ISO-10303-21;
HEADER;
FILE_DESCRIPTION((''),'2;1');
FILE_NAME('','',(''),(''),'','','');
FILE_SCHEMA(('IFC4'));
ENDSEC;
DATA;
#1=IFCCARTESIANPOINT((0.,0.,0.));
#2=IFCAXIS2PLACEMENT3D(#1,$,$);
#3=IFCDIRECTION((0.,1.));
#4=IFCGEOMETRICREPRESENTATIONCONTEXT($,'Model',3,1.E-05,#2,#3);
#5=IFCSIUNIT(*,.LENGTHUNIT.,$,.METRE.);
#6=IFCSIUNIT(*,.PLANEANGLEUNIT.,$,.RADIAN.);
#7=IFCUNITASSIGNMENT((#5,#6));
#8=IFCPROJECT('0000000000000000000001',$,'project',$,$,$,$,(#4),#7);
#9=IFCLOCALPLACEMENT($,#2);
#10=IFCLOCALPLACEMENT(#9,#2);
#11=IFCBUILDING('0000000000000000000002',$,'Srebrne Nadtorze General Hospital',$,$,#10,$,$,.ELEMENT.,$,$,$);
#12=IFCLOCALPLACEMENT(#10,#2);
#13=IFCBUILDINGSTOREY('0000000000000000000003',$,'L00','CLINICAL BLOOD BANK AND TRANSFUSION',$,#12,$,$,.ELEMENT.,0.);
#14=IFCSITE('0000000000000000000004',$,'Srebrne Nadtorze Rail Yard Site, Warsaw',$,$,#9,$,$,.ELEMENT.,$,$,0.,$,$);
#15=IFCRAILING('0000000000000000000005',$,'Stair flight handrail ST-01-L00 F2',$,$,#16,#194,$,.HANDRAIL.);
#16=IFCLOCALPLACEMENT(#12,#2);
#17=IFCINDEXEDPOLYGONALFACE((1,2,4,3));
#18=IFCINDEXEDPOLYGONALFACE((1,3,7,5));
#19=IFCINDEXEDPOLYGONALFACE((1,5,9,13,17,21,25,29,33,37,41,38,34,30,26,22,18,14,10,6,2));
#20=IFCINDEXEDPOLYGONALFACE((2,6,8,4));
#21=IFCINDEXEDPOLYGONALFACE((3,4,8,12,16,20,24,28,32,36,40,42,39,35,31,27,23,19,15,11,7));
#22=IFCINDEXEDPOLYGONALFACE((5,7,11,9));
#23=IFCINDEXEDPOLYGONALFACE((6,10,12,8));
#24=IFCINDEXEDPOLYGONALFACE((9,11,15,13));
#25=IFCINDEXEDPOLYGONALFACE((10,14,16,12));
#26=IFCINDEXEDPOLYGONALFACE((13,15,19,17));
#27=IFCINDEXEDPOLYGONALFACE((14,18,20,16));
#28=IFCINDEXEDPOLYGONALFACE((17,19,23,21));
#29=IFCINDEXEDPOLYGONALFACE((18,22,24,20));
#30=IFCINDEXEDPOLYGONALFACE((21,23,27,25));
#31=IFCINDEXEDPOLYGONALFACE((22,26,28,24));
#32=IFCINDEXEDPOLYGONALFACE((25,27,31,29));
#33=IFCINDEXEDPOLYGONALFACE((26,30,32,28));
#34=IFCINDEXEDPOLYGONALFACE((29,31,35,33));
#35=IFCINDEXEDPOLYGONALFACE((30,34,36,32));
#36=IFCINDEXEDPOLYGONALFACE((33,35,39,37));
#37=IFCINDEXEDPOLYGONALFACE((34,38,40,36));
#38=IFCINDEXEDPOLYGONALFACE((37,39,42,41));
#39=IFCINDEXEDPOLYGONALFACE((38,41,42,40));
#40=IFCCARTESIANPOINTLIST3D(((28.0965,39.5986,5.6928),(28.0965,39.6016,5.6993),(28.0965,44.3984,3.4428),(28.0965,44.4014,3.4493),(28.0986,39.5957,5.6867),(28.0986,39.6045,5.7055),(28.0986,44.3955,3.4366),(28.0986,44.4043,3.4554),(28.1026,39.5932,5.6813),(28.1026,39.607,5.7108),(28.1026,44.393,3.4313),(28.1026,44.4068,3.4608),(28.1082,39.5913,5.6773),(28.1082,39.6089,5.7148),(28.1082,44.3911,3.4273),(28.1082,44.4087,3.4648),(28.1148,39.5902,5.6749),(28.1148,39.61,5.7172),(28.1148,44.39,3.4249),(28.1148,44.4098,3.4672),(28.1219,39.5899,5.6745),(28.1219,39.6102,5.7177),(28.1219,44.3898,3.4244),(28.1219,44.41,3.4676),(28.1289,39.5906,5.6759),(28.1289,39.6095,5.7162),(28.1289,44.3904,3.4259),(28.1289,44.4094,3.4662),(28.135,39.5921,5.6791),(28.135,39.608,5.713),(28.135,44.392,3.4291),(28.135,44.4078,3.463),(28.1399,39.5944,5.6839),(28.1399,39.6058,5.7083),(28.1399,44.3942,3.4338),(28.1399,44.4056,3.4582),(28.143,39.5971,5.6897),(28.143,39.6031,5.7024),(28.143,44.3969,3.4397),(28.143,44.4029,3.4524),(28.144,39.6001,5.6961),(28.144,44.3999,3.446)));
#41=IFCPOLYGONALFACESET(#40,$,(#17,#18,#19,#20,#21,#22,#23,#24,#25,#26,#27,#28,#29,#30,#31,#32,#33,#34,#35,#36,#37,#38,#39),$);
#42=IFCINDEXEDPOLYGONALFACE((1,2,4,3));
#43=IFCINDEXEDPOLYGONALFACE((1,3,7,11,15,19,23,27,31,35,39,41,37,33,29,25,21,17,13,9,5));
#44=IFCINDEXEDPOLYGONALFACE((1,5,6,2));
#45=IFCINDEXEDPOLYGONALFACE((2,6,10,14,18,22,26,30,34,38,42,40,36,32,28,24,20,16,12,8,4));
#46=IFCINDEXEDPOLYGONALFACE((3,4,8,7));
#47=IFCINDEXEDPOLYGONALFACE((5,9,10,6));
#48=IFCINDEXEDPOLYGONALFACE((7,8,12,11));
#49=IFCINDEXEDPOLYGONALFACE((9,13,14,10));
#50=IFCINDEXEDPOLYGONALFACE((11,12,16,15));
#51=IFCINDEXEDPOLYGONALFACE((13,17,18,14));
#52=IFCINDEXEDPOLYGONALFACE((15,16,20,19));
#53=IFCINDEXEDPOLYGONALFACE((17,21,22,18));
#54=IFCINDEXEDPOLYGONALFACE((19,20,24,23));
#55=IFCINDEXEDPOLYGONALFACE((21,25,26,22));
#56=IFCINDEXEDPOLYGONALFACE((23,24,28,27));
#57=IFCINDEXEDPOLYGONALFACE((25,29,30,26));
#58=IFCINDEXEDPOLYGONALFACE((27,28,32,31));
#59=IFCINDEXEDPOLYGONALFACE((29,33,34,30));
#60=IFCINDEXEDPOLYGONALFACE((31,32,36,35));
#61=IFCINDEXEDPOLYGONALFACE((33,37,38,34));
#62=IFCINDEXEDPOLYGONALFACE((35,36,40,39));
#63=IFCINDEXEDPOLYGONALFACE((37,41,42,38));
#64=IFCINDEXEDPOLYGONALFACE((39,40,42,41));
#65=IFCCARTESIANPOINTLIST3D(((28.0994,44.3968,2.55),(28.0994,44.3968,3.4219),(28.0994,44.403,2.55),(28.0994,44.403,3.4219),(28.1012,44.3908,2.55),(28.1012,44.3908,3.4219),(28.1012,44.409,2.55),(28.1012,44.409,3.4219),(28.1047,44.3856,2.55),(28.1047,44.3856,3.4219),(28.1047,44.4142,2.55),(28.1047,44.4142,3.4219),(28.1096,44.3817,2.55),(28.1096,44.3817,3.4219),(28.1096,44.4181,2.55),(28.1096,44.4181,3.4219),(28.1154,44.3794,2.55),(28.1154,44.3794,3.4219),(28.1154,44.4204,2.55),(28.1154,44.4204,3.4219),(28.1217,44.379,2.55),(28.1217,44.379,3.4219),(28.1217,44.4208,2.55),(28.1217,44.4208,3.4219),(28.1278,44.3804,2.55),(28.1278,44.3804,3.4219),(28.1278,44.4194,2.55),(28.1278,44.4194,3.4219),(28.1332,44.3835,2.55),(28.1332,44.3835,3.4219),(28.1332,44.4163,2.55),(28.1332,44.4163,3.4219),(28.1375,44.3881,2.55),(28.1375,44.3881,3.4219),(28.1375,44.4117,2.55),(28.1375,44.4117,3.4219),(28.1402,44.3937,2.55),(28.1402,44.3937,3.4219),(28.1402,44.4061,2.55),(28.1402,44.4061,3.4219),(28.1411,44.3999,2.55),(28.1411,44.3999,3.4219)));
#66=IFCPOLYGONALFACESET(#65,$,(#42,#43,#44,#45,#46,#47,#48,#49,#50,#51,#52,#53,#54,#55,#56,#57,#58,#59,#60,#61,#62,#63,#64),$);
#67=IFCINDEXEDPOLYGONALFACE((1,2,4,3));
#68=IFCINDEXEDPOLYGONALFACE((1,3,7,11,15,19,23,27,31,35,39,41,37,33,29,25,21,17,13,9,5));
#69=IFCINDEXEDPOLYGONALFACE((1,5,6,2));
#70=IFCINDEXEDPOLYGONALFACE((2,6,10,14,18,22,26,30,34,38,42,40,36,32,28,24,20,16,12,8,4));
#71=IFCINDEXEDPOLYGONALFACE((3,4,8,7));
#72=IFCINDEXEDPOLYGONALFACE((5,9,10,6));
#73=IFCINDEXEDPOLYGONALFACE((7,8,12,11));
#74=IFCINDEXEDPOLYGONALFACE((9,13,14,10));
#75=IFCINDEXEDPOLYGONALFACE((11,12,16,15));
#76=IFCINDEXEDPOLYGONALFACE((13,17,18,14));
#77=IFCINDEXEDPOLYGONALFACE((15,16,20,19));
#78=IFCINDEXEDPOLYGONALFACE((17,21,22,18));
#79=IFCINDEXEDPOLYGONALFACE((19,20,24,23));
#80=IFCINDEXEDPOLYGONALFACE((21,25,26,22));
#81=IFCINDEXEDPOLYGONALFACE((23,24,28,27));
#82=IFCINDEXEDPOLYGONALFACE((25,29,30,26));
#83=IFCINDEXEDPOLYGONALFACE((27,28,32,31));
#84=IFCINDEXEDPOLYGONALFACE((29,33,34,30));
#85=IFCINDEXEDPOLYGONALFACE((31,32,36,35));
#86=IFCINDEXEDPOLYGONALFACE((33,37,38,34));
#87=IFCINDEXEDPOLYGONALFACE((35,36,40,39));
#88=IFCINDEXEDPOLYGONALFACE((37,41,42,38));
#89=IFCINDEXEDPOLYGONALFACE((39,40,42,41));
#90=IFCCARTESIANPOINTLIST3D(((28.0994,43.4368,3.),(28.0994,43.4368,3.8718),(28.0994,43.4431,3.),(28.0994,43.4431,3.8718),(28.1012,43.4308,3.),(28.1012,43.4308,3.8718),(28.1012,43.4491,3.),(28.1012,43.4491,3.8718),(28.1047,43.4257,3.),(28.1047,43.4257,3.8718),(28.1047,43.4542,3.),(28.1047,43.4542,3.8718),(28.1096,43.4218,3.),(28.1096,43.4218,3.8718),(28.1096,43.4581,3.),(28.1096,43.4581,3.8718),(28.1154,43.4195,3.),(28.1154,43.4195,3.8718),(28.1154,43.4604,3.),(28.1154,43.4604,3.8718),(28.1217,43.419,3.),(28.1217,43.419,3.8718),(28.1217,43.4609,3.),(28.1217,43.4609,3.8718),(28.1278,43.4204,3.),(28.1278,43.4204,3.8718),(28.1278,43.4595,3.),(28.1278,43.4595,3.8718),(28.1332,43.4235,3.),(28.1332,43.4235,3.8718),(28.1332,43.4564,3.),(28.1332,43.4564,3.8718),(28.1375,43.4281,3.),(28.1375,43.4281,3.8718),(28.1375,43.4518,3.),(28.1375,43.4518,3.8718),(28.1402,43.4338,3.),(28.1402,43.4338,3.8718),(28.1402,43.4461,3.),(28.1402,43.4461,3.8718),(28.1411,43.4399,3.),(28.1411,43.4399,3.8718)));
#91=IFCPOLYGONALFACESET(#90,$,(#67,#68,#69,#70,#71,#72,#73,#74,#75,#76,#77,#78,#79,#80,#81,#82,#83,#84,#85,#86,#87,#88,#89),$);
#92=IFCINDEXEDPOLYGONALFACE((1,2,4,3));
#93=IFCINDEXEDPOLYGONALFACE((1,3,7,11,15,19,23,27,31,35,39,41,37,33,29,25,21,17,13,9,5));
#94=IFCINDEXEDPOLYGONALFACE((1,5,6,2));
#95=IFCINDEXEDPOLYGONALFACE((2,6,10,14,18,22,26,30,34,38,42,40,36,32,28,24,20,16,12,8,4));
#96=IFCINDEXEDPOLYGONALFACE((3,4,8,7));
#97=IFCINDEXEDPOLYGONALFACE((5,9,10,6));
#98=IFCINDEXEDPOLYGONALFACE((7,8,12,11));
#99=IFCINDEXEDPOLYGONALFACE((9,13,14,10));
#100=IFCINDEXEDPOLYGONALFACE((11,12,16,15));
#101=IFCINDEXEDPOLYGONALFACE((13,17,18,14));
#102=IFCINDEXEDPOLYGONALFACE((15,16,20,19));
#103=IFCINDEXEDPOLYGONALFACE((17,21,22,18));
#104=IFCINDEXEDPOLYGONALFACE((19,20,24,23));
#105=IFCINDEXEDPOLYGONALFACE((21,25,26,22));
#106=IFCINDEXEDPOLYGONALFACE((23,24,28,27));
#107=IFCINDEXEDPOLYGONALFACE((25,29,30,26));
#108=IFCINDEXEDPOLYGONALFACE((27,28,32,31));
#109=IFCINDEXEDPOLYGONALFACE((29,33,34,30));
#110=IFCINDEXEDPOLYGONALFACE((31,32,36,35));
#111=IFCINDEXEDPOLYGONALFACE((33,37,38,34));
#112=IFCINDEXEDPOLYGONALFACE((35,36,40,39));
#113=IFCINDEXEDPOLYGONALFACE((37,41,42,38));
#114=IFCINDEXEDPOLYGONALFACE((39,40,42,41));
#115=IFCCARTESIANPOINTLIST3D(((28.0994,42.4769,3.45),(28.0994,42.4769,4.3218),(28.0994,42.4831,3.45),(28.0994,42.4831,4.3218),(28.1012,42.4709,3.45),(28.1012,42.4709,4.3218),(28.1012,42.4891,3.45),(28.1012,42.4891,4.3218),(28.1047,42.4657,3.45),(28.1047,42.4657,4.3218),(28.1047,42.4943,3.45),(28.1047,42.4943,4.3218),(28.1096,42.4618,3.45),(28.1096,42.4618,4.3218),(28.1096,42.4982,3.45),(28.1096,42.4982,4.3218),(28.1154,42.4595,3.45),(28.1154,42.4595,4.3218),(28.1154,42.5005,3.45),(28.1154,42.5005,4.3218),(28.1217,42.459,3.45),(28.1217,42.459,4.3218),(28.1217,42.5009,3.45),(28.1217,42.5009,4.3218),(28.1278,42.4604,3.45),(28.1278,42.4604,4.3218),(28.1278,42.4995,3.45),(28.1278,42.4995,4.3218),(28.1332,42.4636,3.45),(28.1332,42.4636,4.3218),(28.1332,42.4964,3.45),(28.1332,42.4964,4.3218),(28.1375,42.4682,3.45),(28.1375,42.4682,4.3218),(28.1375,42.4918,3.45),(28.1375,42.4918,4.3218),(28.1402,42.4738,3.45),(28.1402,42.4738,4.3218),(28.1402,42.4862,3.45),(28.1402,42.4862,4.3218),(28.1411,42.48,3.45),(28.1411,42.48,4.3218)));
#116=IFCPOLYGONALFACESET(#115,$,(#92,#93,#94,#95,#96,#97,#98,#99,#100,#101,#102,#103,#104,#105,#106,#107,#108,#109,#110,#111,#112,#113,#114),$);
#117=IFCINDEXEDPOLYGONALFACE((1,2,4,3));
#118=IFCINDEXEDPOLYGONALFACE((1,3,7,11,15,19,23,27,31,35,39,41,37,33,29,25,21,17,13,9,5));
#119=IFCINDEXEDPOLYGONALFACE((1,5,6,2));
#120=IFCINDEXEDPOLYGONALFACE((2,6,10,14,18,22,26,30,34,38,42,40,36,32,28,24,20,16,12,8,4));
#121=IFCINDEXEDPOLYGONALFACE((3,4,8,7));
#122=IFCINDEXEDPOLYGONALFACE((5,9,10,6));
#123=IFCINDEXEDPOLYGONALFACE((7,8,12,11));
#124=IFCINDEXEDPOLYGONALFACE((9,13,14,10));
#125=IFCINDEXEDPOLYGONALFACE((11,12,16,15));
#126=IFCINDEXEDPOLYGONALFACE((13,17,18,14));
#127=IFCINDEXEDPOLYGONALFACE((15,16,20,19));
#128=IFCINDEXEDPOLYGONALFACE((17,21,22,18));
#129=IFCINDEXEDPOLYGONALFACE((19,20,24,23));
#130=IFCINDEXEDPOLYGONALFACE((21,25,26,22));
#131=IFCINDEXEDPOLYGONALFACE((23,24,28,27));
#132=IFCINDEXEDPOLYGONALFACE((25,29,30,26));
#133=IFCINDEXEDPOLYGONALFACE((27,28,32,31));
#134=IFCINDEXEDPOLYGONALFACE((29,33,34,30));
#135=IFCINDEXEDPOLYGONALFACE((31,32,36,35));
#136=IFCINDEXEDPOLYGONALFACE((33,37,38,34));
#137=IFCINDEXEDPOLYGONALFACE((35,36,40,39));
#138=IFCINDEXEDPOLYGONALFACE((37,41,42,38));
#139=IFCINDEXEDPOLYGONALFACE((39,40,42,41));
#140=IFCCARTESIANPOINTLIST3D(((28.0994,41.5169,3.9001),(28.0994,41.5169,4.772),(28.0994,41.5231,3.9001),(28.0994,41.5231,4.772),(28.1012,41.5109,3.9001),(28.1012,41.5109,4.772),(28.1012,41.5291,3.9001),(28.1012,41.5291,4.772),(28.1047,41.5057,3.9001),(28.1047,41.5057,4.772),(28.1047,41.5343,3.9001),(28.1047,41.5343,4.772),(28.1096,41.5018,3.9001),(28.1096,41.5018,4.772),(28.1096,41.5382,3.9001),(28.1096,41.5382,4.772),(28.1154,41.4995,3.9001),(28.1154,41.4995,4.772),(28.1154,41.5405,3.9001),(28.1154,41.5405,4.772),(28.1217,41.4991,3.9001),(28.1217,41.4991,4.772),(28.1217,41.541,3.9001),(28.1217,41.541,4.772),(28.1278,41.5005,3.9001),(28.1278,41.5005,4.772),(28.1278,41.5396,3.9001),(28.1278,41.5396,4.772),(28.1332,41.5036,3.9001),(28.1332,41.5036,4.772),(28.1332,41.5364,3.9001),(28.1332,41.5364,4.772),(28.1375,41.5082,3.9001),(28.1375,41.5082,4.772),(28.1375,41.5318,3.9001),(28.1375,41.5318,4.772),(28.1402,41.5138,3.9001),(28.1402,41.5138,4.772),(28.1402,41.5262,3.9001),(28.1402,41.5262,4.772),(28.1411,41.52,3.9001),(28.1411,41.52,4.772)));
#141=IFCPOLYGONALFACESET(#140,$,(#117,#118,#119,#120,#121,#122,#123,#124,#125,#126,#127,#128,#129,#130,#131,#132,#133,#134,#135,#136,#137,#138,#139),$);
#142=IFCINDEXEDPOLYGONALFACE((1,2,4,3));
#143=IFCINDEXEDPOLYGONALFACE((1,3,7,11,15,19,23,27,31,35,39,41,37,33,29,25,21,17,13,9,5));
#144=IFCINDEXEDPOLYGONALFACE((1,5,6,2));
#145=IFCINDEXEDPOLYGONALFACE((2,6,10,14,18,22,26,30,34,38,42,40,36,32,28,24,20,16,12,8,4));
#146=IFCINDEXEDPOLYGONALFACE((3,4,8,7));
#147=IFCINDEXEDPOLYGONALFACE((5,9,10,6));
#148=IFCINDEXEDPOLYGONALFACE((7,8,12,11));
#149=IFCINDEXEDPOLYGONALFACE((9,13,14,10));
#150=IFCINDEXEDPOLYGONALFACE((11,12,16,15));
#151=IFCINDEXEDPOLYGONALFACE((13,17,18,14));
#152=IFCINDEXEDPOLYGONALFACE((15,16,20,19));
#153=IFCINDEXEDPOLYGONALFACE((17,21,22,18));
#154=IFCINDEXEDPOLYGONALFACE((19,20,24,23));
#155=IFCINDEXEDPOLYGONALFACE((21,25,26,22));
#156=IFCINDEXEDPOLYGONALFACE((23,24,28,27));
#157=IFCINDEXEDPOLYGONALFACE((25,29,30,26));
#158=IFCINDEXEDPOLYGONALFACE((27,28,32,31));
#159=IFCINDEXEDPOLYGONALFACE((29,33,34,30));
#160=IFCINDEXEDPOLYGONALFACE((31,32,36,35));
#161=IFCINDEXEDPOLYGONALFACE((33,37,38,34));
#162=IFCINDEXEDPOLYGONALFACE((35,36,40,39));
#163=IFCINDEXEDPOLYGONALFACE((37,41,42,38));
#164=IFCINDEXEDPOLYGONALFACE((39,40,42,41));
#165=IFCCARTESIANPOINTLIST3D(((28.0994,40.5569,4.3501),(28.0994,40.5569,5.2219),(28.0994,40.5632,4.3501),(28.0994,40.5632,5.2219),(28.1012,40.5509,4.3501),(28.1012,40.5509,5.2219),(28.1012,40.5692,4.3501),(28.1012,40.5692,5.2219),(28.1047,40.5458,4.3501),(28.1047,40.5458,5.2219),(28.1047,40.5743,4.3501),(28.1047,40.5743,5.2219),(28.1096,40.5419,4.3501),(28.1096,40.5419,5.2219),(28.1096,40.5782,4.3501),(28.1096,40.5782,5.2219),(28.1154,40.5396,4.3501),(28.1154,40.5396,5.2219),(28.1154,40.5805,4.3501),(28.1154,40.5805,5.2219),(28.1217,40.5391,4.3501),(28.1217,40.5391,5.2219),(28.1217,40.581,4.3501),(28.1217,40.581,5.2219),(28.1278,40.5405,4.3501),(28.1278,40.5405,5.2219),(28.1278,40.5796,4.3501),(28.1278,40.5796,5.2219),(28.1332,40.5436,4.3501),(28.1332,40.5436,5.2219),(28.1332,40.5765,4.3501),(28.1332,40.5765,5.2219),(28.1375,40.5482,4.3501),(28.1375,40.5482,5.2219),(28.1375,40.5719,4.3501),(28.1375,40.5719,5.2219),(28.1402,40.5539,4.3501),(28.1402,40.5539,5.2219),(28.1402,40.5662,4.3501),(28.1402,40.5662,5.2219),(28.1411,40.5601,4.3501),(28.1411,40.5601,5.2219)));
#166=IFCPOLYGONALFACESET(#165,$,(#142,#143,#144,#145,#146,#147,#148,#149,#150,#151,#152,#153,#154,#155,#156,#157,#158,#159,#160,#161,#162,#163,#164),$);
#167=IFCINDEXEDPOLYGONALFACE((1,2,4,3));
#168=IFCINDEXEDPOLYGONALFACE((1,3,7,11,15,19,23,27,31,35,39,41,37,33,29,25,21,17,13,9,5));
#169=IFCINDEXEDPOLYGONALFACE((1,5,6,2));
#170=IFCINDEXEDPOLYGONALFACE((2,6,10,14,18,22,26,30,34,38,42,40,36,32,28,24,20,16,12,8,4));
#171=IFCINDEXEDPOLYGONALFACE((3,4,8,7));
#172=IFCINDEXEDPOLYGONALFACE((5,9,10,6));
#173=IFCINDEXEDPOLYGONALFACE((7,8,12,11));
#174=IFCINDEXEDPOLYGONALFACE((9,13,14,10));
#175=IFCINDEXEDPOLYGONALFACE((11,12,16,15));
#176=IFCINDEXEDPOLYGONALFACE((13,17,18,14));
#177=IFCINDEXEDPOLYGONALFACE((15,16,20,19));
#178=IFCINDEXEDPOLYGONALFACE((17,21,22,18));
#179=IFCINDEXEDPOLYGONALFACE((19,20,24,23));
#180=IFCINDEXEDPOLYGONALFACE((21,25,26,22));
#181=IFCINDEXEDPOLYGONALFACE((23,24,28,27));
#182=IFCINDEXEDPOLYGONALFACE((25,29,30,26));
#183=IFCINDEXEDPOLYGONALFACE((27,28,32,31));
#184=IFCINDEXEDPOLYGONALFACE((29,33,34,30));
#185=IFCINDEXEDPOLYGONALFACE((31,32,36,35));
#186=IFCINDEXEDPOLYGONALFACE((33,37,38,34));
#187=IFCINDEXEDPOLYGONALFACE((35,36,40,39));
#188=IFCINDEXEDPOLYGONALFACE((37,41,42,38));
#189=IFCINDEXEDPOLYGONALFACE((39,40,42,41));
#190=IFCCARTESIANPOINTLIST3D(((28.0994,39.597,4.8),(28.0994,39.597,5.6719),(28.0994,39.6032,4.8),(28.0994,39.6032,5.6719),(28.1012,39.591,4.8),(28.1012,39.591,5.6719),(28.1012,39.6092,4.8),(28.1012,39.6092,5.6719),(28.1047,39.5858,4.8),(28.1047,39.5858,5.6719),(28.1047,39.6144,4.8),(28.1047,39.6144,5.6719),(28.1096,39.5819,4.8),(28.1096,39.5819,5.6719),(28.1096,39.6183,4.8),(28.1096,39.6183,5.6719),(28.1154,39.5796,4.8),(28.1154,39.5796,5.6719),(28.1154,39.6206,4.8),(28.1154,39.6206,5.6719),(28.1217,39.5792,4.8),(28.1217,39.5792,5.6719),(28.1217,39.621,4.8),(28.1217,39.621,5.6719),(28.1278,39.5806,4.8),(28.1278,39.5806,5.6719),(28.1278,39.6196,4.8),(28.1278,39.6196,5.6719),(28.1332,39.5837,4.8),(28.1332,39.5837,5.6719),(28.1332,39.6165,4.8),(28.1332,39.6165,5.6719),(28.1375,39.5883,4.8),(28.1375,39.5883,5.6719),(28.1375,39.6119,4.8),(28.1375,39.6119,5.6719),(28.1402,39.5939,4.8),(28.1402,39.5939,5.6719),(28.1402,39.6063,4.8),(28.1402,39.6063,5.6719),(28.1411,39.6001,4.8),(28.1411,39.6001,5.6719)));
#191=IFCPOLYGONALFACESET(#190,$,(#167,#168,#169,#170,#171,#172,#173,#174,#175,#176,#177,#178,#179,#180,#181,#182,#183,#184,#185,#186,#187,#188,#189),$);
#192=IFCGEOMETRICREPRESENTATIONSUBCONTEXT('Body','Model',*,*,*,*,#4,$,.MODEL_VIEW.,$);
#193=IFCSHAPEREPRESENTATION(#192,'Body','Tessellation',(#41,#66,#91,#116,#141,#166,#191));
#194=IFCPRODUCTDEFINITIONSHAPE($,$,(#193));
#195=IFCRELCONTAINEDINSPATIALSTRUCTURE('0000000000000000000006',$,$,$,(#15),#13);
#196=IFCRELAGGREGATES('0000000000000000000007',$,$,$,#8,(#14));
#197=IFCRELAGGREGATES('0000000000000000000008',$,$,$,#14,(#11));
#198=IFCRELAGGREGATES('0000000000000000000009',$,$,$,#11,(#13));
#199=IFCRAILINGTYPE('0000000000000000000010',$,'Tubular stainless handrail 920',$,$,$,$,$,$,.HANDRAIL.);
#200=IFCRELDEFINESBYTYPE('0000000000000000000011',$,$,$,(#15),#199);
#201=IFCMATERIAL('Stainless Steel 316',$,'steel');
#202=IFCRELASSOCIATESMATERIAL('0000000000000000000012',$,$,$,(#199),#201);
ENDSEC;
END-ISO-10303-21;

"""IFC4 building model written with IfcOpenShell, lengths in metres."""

from ifc_helpers import new_model, si_unit, direction, frame, origin, origin_2d, place, context, subcontext, project, spatial, circle, extrude, material, type_object, element, save


model = new_model("IFC4")

# Units and contexts
model_context = context("Model", 3, precision=1e-05, world=origin(), true_north=direction((0.0, 1.0)))
body_context = subcontext(model_context, "Body", "Model", "MODEL_VIEW")
ifc_project = project(units=[si_unit("LENGTHUNIT", "METRE"), si_unit("PLANEANGLEUNIT", "RADIAN")], contexts=[model_context])

# Site, building, storey
site_placement = place(None, origin())
site = spatial("IfcSite", under=ifc_project, at=site_placement, Name="Srebrne Nadtorze Rail Yard Site, Warsaw", CompositionType="ELEMENT", RefElevation=0.0)
building_placement = place(site_placement, origin())
building = spatial("IfcBuilding", under=site, at=building_placement, Name="Srebrne Nadtorze General Hospital", CompositionType="ELEMENT")
storey_placement = place(building_placement, origin())
storey = spatial("IfcBuildingStorey", under=building, at=storey_placement, Name="L00", Description="CLINICAL BLOOD BANK AND TRANSFUSION", CompositionType="ELEMENT", Elevation=0.0)

# Railing
ifc_material_1 = material(Name="Stainless Steel 316", Category="steel")
railing_type_1 = type_object("IfcRailingType", Name="Tubular stainless handrail 920", PredefinedType="HANDRAIL", material=ifc_material_1)
railing_1_placement = place(storey_placement, frame((28.1201, 44.3999, 2.55)))
element("IfcRailing", 1, at=railing_1_placement, inside=storey, type_object=railing_type_1, Name="Stair flight handrail ST-01-L00 F2", PredefinedType="HANDRAIL", context=body_context, shape_type="SweptSolid", body=[
    extrude(circle(Radius=0.0239, at=origin_2d()), frame((0.0, 0.0, 0.896), z_axis=(0.0, -0.905452, 0.424448), x_axis=(1.0, 0.0, 0.0)), (0.0, 0.0, 1.0), 5.301),
    extrude(circle(Radius=0.021, at=origin_2d()), origin(), (0.0, 0.0, 1.0), 0.8718),
    extrude(circle(Radius=0.021, at=origin_2d()), frame((0.0, -0.96, 0.45)), (0.0, 0.0, 1.0), 0.8718),
    extrude(circle(Radius=0.021, at=origin_2d()), frame((0.0, -1.9199, 0.8999)), (0.0, 0.0, 1.0), 0.8718),
    extrude(circle(Radius=0.021, at=origin_2d()), frame((0.0, -2.8799, 1.3501)), (0.0, 0.0, 1.0), 0.8718),
    extrude(circle(Radius=0.021, at=origin_2d()), frame((0.0, -3.8398, 1.8)), (0.0, 0.0, 1.0), 0.8718),
    extrude(circle(Radius=0.021, at=origin_2d()), frame((0.0, -4.7998, 2.25)), (0.0, 0.0, 1.0), 0.8718),
])

save(model, "model.ifc")
